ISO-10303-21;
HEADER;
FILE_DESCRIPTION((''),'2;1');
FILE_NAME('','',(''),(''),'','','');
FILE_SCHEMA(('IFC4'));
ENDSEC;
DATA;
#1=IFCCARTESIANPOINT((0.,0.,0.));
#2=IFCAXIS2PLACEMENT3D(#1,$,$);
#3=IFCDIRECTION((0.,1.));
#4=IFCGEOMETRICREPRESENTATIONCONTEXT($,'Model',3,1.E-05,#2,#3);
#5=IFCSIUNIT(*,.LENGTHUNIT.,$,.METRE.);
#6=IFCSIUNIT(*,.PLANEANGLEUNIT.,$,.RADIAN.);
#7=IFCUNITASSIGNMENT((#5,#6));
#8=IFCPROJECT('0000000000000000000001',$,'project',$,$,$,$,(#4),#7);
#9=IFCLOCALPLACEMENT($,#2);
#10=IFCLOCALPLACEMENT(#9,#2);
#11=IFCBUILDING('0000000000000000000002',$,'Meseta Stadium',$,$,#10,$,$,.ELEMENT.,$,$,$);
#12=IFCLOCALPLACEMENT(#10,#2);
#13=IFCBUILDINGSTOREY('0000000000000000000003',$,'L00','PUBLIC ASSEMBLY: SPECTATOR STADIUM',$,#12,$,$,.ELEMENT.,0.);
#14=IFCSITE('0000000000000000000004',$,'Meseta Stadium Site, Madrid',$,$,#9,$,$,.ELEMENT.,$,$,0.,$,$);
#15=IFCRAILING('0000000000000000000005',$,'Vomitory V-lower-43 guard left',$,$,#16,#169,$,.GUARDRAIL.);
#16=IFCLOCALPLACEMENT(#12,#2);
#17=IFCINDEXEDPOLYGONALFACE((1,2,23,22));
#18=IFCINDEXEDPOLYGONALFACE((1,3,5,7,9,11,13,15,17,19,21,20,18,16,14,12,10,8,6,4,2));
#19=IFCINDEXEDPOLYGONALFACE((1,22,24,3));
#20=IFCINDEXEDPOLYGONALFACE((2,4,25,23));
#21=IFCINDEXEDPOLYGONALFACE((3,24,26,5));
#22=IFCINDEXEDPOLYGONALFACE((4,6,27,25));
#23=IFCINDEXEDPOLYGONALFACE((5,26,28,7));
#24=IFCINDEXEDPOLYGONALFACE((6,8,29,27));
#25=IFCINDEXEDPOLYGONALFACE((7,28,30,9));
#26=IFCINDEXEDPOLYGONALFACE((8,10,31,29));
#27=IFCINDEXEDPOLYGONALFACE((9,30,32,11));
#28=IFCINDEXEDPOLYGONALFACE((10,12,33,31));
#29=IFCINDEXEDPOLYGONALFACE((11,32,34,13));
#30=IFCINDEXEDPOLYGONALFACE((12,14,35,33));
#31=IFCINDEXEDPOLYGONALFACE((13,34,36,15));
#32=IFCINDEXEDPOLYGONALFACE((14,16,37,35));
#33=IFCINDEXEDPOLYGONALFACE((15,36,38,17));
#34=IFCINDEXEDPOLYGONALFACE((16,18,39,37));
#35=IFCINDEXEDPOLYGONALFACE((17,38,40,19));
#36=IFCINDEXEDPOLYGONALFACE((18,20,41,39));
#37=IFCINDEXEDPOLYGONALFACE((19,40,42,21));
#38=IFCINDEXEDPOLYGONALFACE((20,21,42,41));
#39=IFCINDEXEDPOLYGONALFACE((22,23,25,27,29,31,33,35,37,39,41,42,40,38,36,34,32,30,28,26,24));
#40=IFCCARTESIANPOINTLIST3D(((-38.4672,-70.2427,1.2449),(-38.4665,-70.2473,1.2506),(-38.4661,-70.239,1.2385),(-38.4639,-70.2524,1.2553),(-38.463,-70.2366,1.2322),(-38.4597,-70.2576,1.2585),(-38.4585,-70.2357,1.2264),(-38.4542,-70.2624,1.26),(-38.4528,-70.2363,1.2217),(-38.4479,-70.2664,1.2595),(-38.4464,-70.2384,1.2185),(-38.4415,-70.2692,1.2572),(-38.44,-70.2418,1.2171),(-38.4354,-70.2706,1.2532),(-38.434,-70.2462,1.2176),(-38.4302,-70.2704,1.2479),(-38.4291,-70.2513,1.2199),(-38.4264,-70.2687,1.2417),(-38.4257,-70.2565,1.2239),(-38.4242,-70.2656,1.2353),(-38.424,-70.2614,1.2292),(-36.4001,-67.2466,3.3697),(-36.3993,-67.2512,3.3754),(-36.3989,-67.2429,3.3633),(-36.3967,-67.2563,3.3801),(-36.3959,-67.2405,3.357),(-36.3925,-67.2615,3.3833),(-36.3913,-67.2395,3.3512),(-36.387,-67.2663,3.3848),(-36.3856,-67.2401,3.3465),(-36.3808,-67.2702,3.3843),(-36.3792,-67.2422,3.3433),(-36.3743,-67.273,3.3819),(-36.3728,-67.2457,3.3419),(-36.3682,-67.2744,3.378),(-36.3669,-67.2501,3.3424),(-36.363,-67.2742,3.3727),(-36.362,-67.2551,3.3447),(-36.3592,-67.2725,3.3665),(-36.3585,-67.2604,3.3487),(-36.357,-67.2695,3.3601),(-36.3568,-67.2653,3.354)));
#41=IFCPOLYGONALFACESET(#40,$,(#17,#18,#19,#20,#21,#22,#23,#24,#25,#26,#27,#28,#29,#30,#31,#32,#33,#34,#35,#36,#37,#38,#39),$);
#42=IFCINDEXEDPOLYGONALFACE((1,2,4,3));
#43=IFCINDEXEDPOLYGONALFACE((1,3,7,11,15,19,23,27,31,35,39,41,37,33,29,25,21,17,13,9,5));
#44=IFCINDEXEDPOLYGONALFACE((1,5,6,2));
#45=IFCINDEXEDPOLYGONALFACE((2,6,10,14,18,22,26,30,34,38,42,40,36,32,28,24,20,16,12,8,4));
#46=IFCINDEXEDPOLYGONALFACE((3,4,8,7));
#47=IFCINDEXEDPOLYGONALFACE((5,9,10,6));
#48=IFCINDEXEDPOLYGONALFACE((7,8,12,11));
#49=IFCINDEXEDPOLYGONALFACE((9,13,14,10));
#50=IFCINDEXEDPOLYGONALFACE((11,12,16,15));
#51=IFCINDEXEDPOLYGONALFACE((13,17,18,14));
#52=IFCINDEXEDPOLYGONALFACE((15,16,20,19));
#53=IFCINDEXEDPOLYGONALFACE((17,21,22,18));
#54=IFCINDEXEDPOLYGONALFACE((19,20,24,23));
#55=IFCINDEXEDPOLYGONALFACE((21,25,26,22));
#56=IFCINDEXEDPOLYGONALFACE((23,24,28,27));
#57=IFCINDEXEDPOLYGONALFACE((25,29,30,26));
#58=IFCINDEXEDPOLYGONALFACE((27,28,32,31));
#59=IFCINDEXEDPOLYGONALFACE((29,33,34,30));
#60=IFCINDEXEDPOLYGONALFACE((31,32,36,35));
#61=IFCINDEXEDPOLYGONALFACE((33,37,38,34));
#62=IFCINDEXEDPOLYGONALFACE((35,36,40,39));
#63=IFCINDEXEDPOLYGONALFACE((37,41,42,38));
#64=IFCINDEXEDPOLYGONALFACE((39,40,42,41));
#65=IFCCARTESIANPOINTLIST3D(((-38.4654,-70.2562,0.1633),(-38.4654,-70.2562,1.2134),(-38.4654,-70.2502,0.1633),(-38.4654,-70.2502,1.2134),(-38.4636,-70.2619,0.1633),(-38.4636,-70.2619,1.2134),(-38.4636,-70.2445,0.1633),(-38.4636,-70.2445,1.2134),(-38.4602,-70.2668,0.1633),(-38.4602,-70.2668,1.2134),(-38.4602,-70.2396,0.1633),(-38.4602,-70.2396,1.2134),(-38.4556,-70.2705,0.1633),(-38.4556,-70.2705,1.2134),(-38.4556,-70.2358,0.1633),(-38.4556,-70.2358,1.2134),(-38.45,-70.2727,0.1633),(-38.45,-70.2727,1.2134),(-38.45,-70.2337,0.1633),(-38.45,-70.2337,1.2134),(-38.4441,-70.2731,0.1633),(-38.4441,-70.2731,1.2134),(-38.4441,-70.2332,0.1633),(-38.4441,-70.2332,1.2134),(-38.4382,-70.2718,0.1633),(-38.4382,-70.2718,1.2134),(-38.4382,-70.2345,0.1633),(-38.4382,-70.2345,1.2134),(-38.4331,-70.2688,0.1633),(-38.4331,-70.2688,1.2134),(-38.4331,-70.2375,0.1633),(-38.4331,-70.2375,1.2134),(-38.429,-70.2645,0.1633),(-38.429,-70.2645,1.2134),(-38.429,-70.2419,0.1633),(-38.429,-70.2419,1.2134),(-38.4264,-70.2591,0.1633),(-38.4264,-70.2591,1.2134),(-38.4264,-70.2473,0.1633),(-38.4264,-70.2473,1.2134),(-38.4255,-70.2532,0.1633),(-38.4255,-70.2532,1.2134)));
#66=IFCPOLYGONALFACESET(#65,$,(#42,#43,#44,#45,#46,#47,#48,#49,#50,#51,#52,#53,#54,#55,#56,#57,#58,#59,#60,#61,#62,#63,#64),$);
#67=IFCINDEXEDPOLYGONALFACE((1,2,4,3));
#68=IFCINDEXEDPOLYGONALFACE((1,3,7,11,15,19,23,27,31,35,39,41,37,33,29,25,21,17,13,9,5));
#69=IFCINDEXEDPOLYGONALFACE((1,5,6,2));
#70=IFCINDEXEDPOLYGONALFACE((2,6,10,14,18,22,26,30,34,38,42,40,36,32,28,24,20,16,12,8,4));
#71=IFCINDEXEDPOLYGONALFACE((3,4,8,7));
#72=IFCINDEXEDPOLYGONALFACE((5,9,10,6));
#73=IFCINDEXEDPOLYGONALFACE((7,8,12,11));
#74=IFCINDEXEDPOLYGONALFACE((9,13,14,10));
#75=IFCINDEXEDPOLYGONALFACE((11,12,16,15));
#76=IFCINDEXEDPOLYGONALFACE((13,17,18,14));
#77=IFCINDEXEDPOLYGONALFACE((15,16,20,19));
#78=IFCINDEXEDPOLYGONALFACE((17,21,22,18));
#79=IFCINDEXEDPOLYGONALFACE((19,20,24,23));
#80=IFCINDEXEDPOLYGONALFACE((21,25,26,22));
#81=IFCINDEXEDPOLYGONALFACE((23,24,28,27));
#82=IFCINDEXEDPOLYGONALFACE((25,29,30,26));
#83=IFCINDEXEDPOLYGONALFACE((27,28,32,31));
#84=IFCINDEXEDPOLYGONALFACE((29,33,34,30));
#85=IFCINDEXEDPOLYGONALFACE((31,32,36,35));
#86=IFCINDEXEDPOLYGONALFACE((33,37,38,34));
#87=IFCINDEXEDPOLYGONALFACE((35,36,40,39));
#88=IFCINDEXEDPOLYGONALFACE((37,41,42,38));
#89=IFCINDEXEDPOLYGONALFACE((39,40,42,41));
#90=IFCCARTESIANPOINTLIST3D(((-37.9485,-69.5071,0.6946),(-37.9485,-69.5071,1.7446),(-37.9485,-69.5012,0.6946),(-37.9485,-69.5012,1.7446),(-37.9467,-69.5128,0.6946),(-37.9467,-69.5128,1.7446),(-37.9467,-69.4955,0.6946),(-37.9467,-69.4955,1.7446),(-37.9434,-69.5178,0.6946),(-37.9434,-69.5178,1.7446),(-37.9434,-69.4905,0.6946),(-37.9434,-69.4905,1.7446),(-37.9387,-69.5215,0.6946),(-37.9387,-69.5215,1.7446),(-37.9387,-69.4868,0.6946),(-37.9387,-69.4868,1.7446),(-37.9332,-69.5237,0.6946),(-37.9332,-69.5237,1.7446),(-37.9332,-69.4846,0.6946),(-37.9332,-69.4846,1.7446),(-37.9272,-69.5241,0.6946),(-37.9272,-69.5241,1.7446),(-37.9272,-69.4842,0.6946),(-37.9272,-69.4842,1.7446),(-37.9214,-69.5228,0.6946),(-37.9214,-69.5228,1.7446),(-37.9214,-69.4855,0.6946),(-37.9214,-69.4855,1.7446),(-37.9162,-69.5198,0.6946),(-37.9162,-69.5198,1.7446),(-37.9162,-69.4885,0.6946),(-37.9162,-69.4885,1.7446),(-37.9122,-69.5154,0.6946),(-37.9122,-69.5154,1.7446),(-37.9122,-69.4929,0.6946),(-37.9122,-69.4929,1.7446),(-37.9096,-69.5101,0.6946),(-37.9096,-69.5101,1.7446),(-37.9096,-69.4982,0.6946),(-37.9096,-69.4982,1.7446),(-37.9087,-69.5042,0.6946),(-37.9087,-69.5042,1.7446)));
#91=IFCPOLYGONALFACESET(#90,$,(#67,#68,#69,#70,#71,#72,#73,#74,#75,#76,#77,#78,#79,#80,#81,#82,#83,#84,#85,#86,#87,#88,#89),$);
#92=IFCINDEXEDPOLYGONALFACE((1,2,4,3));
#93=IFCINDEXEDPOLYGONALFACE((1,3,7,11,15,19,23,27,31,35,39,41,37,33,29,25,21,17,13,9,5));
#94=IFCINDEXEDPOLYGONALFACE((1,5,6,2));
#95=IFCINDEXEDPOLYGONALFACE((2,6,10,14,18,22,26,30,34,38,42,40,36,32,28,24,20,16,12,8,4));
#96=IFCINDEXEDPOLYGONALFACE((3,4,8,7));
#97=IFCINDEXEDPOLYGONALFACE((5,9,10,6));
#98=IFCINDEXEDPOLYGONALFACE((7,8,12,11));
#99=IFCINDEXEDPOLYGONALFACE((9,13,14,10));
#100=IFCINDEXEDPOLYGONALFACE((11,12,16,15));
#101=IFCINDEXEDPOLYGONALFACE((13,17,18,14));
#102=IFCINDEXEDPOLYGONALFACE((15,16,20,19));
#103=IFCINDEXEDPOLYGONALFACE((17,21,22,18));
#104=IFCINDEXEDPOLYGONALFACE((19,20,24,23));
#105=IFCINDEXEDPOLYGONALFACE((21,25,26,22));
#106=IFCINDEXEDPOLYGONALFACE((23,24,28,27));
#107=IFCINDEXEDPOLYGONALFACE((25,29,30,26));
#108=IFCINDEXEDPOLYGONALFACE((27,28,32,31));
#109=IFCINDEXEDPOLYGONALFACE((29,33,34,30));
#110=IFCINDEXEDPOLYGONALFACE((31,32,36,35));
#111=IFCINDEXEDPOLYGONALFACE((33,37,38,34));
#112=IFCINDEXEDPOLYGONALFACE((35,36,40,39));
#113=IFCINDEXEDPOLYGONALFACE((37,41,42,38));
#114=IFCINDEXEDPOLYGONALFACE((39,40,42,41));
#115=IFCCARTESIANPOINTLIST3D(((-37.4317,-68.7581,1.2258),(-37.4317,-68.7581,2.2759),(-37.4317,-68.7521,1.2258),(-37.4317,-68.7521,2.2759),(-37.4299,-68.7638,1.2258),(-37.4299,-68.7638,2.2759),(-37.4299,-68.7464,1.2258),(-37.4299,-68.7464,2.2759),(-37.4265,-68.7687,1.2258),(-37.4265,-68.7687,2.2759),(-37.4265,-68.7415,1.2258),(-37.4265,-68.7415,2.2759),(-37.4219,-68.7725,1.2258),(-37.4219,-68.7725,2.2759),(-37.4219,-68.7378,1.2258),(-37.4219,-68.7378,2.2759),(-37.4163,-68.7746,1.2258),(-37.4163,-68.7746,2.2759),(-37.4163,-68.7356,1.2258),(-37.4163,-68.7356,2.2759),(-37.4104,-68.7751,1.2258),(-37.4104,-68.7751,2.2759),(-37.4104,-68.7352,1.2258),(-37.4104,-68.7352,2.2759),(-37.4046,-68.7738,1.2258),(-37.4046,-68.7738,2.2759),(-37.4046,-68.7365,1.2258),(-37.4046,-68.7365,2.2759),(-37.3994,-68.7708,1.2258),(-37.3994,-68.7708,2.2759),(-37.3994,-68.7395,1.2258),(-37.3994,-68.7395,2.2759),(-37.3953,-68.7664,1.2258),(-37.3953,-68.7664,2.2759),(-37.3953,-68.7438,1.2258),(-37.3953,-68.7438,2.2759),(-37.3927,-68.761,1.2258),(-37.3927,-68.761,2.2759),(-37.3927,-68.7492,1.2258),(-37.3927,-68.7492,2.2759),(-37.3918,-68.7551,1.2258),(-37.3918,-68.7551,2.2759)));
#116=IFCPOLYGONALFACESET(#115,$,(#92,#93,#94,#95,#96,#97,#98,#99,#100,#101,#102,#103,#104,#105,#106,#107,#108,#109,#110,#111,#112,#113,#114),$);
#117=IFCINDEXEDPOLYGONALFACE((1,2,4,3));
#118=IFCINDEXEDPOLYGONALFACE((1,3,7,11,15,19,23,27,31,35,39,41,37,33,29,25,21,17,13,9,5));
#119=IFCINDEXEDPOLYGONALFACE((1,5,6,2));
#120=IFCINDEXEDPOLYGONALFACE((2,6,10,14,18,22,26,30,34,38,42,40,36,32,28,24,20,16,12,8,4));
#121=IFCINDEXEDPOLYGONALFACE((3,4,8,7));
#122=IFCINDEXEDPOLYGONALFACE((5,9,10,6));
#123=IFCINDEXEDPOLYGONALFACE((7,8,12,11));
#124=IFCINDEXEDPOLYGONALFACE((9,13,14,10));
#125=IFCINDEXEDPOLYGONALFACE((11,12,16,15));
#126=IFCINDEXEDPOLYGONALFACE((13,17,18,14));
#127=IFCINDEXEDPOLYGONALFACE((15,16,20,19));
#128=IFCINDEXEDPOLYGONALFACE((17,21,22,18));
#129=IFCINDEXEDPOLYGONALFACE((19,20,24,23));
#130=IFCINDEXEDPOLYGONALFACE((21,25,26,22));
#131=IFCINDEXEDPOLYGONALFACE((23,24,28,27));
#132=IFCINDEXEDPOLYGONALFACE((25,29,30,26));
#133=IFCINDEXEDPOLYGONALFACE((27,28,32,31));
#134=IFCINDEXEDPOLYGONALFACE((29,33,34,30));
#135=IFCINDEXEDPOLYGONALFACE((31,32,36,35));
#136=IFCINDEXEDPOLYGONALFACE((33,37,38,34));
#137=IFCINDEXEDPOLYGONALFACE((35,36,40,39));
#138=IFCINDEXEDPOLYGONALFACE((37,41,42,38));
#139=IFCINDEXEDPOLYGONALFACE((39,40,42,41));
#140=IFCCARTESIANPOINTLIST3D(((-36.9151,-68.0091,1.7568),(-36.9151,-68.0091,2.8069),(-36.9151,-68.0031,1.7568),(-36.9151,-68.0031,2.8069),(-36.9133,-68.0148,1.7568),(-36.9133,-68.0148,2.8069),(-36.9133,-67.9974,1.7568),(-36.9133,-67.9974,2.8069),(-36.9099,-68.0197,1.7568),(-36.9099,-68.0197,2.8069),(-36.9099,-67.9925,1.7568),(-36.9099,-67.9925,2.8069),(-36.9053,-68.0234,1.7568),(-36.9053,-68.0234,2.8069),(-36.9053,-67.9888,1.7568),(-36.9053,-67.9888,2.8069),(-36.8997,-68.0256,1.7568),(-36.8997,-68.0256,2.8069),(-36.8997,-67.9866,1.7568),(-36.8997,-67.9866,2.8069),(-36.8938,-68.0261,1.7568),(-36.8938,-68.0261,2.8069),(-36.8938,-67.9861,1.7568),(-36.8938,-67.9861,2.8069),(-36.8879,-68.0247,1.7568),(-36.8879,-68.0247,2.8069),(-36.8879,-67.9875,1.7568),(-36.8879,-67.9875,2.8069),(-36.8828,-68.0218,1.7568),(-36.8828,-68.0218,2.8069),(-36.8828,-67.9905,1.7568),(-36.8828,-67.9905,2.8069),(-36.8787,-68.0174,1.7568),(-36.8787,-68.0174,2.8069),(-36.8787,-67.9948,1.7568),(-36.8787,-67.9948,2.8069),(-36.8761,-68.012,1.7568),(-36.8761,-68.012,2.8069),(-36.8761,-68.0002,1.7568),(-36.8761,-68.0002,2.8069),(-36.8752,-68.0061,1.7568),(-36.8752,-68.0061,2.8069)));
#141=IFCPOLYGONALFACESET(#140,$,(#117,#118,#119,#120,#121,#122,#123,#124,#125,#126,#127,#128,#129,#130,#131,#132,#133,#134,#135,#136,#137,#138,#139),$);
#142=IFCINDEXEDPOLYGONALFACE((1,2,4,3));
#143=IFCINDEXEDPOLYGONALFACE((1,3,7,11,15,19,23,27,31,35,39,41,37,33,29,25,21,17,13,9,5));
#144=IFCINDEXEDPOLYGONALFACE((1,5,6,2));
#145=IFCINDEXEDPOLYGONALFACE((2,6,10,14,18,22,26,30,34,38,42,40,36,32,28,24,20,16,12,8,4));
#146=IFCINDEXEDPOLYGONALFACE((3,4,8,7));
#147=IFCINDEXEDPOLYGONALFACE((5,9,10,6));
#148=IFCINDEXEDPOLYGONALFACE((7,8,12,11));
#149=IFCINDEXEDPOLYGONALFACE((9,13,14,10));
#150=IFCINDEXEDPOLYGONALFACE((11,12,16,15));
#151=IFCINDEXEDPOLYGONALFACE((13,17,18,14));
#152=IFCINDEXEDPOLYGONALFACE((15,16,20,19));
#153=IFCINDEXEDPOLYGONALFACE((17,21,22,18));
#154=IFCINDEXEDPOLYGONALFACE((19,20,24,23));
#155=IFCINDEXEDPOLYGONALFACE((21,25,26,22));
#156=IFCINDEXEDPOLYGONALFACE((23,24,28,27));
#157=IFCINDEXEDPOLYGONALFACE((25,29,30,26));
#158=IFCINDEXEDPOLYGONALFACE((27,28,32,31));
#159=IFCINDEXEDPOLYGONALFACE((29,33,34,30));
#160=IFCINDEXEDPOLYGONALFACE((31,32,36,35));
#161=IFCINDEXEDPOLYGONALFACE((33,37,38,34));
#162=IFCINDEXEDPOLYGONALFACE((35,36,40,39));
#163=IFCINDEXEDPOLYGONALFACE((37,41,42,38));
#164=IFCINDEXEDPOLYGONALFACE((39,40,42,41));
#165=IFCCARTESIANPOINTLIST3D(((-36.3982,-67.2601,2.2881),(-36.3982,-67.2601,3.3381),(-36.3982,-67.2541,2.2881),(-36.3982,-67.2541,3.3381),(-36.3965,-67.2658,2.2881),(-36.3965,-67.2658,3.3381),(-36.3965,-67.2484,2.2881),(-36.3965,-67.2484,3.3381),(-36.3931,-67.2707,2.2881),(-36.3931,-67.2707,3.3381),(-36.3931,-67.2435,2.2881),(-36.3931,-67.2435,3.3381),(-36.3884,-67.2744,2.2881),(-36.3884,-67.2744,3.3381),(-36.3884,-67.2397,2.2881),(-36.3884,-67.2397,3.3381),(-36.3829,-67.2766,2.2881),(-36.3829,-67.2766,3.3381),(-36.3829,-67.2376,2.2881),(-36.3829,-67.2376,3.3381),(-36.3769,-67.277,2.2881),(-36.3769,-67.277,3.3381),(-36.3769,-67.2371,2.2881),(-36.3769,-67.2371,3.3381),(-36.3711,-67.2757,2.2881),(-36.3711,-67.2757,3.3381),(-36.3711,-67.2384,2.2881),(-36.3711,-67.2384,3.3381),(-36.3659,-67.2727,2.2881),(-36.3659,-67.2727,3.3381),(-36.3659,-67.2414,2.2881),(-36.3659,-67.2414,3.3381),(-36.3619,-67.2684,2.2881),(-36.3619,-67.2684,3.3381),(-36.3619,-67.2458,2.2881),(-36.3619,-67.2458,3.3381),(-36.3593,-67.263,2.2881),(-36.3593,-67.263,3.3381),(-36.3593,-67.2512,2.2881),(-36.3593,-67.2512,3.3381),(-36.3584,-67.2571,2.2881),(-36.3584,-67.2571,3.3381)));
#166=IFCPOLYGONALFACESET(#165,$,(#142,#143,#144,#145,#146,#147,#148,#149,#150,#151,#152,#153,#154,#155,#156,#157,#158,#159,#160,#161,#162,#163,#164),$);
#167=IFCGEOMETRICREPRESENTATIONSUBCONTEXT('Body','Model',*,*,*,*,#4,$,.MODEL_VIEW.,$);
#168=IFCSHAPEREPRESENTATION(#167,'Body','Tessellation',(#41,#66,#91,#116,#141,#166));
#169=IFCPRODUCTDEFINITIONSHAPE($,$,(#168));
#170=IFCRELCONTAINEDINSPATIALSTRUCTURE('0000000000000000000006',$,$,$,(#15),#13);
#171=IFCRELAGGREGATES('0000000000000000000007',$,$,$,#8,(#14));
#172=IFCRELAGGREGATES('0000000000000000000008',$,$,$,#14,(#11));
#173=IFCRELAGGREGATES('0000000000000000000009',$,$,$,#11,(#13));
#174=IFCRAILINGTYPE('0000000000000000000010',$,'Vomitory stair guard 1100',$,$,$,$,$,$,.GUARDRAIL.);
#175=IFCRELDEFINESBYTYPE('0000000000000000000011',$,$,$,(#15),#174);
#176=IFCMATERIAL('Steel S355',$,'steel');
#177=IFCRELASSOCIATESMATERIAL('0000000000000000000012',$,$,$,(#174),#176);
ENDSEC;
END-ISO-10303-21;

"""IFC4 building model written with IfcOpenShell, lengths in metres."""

from ifc_helpers import new_model, si_unit, direction, frame, origin, origin_2d, place, context, subcontext, project, spatial, circle, extrude, material, type_object, element, save


model = new_model("IFC4")

# Units and contexts
model_context = context("Model", 3, precision=1e-05, world=origin(), true_north=direction((0.0, 1.0)))
body_context = subcontext(model_context, "Body", "Model", "MODEL_VIEW")
ifc_project = project(units=[si_unit("LENGTHUNIT", "METRE"), si_unit("PLANEANGLEUNIT", "RADIAN")], contexts=[model_context])

# Site, building, storey
site_placement = place(None, origin())
site = spatial("IfcSite", under=ifc_project, at=site_placement, Name="Meseta Stadium Site, Madrid", CompositionType="ELEMENT", RefElevation=0.0)
building_placement = place(site_placement, origin())
building = spatial("IfcBuilding", under=site, at=building_placement, Name="Meseta Stadium", CompositionType="ELEMENT")
storey_placement = place(building_placement, origin())
storey = spatial("IfcBuildingStorey", under=building, at=storey_placement, Name="L00", Description="PUBLIC ASSEMBLY: SPECTATOR STADIUM", CompositionType="ELEMENT", Elevation=0.0)

# Railing
ifc_material_1 = material(Name="Steel S355", Category="steel")
railing_type_1 = type_object("IfcRailingType", Name="Vomitory stair guard 1100", PredefinedType="GUARDRAIL", material=ifc_material_1)
railing_1_placement = place(storey_placement, frame((-38.4456, -70.2532, 0.1633)))
element("IfcRailing", 1, at=railing_1_placement, inside=storey, type_object=railing_type_1, Name="Vomitory V-lower-43 guard left", PredefinedType="GUARDRAIL", context=body_context, shape_type="SweptSolid", body=[
    extrude(circle(Radius=0.0249, at=origin_2d()), frame((0.0, 0.0, 1.0752), z_axis=(0.490452, 0.710857, 0.504122), x_axis=(-0.823101, 0.567894, 0.0)), (0.0, 0.0, 1.0), 4.2148),
    extrude(circle(Radius=0.02, at=origin_2d()), origin(), (0.0, 0.0, 1.0), 1.05),
    extrude(circle(Radius=0.02, at=origin_2d()), frame((0.5168, 0.749, 0.5312)), (0.0, 0.0, 1.0), 1.05),
    extrude(circle(Radius=0.02, at=origin_2d()), frame((1.0337, 1.498, 1.0625)), (0.0, 0.0, 1.0), 1.05),
    extrude(circle(Radius=0.02, at=origin_2d()), frame((1.5503, 2.2471, 1.5935)), (0.0, 0.0, 1.0), 1.05),
    extrude(circle(Radius=0.02, at=origin_2d()), frame((2.0671, 2.9961, 2.1248)), (0.0, 0.0, 1.0), 1.05),
])

save(model, "model.ifc")
